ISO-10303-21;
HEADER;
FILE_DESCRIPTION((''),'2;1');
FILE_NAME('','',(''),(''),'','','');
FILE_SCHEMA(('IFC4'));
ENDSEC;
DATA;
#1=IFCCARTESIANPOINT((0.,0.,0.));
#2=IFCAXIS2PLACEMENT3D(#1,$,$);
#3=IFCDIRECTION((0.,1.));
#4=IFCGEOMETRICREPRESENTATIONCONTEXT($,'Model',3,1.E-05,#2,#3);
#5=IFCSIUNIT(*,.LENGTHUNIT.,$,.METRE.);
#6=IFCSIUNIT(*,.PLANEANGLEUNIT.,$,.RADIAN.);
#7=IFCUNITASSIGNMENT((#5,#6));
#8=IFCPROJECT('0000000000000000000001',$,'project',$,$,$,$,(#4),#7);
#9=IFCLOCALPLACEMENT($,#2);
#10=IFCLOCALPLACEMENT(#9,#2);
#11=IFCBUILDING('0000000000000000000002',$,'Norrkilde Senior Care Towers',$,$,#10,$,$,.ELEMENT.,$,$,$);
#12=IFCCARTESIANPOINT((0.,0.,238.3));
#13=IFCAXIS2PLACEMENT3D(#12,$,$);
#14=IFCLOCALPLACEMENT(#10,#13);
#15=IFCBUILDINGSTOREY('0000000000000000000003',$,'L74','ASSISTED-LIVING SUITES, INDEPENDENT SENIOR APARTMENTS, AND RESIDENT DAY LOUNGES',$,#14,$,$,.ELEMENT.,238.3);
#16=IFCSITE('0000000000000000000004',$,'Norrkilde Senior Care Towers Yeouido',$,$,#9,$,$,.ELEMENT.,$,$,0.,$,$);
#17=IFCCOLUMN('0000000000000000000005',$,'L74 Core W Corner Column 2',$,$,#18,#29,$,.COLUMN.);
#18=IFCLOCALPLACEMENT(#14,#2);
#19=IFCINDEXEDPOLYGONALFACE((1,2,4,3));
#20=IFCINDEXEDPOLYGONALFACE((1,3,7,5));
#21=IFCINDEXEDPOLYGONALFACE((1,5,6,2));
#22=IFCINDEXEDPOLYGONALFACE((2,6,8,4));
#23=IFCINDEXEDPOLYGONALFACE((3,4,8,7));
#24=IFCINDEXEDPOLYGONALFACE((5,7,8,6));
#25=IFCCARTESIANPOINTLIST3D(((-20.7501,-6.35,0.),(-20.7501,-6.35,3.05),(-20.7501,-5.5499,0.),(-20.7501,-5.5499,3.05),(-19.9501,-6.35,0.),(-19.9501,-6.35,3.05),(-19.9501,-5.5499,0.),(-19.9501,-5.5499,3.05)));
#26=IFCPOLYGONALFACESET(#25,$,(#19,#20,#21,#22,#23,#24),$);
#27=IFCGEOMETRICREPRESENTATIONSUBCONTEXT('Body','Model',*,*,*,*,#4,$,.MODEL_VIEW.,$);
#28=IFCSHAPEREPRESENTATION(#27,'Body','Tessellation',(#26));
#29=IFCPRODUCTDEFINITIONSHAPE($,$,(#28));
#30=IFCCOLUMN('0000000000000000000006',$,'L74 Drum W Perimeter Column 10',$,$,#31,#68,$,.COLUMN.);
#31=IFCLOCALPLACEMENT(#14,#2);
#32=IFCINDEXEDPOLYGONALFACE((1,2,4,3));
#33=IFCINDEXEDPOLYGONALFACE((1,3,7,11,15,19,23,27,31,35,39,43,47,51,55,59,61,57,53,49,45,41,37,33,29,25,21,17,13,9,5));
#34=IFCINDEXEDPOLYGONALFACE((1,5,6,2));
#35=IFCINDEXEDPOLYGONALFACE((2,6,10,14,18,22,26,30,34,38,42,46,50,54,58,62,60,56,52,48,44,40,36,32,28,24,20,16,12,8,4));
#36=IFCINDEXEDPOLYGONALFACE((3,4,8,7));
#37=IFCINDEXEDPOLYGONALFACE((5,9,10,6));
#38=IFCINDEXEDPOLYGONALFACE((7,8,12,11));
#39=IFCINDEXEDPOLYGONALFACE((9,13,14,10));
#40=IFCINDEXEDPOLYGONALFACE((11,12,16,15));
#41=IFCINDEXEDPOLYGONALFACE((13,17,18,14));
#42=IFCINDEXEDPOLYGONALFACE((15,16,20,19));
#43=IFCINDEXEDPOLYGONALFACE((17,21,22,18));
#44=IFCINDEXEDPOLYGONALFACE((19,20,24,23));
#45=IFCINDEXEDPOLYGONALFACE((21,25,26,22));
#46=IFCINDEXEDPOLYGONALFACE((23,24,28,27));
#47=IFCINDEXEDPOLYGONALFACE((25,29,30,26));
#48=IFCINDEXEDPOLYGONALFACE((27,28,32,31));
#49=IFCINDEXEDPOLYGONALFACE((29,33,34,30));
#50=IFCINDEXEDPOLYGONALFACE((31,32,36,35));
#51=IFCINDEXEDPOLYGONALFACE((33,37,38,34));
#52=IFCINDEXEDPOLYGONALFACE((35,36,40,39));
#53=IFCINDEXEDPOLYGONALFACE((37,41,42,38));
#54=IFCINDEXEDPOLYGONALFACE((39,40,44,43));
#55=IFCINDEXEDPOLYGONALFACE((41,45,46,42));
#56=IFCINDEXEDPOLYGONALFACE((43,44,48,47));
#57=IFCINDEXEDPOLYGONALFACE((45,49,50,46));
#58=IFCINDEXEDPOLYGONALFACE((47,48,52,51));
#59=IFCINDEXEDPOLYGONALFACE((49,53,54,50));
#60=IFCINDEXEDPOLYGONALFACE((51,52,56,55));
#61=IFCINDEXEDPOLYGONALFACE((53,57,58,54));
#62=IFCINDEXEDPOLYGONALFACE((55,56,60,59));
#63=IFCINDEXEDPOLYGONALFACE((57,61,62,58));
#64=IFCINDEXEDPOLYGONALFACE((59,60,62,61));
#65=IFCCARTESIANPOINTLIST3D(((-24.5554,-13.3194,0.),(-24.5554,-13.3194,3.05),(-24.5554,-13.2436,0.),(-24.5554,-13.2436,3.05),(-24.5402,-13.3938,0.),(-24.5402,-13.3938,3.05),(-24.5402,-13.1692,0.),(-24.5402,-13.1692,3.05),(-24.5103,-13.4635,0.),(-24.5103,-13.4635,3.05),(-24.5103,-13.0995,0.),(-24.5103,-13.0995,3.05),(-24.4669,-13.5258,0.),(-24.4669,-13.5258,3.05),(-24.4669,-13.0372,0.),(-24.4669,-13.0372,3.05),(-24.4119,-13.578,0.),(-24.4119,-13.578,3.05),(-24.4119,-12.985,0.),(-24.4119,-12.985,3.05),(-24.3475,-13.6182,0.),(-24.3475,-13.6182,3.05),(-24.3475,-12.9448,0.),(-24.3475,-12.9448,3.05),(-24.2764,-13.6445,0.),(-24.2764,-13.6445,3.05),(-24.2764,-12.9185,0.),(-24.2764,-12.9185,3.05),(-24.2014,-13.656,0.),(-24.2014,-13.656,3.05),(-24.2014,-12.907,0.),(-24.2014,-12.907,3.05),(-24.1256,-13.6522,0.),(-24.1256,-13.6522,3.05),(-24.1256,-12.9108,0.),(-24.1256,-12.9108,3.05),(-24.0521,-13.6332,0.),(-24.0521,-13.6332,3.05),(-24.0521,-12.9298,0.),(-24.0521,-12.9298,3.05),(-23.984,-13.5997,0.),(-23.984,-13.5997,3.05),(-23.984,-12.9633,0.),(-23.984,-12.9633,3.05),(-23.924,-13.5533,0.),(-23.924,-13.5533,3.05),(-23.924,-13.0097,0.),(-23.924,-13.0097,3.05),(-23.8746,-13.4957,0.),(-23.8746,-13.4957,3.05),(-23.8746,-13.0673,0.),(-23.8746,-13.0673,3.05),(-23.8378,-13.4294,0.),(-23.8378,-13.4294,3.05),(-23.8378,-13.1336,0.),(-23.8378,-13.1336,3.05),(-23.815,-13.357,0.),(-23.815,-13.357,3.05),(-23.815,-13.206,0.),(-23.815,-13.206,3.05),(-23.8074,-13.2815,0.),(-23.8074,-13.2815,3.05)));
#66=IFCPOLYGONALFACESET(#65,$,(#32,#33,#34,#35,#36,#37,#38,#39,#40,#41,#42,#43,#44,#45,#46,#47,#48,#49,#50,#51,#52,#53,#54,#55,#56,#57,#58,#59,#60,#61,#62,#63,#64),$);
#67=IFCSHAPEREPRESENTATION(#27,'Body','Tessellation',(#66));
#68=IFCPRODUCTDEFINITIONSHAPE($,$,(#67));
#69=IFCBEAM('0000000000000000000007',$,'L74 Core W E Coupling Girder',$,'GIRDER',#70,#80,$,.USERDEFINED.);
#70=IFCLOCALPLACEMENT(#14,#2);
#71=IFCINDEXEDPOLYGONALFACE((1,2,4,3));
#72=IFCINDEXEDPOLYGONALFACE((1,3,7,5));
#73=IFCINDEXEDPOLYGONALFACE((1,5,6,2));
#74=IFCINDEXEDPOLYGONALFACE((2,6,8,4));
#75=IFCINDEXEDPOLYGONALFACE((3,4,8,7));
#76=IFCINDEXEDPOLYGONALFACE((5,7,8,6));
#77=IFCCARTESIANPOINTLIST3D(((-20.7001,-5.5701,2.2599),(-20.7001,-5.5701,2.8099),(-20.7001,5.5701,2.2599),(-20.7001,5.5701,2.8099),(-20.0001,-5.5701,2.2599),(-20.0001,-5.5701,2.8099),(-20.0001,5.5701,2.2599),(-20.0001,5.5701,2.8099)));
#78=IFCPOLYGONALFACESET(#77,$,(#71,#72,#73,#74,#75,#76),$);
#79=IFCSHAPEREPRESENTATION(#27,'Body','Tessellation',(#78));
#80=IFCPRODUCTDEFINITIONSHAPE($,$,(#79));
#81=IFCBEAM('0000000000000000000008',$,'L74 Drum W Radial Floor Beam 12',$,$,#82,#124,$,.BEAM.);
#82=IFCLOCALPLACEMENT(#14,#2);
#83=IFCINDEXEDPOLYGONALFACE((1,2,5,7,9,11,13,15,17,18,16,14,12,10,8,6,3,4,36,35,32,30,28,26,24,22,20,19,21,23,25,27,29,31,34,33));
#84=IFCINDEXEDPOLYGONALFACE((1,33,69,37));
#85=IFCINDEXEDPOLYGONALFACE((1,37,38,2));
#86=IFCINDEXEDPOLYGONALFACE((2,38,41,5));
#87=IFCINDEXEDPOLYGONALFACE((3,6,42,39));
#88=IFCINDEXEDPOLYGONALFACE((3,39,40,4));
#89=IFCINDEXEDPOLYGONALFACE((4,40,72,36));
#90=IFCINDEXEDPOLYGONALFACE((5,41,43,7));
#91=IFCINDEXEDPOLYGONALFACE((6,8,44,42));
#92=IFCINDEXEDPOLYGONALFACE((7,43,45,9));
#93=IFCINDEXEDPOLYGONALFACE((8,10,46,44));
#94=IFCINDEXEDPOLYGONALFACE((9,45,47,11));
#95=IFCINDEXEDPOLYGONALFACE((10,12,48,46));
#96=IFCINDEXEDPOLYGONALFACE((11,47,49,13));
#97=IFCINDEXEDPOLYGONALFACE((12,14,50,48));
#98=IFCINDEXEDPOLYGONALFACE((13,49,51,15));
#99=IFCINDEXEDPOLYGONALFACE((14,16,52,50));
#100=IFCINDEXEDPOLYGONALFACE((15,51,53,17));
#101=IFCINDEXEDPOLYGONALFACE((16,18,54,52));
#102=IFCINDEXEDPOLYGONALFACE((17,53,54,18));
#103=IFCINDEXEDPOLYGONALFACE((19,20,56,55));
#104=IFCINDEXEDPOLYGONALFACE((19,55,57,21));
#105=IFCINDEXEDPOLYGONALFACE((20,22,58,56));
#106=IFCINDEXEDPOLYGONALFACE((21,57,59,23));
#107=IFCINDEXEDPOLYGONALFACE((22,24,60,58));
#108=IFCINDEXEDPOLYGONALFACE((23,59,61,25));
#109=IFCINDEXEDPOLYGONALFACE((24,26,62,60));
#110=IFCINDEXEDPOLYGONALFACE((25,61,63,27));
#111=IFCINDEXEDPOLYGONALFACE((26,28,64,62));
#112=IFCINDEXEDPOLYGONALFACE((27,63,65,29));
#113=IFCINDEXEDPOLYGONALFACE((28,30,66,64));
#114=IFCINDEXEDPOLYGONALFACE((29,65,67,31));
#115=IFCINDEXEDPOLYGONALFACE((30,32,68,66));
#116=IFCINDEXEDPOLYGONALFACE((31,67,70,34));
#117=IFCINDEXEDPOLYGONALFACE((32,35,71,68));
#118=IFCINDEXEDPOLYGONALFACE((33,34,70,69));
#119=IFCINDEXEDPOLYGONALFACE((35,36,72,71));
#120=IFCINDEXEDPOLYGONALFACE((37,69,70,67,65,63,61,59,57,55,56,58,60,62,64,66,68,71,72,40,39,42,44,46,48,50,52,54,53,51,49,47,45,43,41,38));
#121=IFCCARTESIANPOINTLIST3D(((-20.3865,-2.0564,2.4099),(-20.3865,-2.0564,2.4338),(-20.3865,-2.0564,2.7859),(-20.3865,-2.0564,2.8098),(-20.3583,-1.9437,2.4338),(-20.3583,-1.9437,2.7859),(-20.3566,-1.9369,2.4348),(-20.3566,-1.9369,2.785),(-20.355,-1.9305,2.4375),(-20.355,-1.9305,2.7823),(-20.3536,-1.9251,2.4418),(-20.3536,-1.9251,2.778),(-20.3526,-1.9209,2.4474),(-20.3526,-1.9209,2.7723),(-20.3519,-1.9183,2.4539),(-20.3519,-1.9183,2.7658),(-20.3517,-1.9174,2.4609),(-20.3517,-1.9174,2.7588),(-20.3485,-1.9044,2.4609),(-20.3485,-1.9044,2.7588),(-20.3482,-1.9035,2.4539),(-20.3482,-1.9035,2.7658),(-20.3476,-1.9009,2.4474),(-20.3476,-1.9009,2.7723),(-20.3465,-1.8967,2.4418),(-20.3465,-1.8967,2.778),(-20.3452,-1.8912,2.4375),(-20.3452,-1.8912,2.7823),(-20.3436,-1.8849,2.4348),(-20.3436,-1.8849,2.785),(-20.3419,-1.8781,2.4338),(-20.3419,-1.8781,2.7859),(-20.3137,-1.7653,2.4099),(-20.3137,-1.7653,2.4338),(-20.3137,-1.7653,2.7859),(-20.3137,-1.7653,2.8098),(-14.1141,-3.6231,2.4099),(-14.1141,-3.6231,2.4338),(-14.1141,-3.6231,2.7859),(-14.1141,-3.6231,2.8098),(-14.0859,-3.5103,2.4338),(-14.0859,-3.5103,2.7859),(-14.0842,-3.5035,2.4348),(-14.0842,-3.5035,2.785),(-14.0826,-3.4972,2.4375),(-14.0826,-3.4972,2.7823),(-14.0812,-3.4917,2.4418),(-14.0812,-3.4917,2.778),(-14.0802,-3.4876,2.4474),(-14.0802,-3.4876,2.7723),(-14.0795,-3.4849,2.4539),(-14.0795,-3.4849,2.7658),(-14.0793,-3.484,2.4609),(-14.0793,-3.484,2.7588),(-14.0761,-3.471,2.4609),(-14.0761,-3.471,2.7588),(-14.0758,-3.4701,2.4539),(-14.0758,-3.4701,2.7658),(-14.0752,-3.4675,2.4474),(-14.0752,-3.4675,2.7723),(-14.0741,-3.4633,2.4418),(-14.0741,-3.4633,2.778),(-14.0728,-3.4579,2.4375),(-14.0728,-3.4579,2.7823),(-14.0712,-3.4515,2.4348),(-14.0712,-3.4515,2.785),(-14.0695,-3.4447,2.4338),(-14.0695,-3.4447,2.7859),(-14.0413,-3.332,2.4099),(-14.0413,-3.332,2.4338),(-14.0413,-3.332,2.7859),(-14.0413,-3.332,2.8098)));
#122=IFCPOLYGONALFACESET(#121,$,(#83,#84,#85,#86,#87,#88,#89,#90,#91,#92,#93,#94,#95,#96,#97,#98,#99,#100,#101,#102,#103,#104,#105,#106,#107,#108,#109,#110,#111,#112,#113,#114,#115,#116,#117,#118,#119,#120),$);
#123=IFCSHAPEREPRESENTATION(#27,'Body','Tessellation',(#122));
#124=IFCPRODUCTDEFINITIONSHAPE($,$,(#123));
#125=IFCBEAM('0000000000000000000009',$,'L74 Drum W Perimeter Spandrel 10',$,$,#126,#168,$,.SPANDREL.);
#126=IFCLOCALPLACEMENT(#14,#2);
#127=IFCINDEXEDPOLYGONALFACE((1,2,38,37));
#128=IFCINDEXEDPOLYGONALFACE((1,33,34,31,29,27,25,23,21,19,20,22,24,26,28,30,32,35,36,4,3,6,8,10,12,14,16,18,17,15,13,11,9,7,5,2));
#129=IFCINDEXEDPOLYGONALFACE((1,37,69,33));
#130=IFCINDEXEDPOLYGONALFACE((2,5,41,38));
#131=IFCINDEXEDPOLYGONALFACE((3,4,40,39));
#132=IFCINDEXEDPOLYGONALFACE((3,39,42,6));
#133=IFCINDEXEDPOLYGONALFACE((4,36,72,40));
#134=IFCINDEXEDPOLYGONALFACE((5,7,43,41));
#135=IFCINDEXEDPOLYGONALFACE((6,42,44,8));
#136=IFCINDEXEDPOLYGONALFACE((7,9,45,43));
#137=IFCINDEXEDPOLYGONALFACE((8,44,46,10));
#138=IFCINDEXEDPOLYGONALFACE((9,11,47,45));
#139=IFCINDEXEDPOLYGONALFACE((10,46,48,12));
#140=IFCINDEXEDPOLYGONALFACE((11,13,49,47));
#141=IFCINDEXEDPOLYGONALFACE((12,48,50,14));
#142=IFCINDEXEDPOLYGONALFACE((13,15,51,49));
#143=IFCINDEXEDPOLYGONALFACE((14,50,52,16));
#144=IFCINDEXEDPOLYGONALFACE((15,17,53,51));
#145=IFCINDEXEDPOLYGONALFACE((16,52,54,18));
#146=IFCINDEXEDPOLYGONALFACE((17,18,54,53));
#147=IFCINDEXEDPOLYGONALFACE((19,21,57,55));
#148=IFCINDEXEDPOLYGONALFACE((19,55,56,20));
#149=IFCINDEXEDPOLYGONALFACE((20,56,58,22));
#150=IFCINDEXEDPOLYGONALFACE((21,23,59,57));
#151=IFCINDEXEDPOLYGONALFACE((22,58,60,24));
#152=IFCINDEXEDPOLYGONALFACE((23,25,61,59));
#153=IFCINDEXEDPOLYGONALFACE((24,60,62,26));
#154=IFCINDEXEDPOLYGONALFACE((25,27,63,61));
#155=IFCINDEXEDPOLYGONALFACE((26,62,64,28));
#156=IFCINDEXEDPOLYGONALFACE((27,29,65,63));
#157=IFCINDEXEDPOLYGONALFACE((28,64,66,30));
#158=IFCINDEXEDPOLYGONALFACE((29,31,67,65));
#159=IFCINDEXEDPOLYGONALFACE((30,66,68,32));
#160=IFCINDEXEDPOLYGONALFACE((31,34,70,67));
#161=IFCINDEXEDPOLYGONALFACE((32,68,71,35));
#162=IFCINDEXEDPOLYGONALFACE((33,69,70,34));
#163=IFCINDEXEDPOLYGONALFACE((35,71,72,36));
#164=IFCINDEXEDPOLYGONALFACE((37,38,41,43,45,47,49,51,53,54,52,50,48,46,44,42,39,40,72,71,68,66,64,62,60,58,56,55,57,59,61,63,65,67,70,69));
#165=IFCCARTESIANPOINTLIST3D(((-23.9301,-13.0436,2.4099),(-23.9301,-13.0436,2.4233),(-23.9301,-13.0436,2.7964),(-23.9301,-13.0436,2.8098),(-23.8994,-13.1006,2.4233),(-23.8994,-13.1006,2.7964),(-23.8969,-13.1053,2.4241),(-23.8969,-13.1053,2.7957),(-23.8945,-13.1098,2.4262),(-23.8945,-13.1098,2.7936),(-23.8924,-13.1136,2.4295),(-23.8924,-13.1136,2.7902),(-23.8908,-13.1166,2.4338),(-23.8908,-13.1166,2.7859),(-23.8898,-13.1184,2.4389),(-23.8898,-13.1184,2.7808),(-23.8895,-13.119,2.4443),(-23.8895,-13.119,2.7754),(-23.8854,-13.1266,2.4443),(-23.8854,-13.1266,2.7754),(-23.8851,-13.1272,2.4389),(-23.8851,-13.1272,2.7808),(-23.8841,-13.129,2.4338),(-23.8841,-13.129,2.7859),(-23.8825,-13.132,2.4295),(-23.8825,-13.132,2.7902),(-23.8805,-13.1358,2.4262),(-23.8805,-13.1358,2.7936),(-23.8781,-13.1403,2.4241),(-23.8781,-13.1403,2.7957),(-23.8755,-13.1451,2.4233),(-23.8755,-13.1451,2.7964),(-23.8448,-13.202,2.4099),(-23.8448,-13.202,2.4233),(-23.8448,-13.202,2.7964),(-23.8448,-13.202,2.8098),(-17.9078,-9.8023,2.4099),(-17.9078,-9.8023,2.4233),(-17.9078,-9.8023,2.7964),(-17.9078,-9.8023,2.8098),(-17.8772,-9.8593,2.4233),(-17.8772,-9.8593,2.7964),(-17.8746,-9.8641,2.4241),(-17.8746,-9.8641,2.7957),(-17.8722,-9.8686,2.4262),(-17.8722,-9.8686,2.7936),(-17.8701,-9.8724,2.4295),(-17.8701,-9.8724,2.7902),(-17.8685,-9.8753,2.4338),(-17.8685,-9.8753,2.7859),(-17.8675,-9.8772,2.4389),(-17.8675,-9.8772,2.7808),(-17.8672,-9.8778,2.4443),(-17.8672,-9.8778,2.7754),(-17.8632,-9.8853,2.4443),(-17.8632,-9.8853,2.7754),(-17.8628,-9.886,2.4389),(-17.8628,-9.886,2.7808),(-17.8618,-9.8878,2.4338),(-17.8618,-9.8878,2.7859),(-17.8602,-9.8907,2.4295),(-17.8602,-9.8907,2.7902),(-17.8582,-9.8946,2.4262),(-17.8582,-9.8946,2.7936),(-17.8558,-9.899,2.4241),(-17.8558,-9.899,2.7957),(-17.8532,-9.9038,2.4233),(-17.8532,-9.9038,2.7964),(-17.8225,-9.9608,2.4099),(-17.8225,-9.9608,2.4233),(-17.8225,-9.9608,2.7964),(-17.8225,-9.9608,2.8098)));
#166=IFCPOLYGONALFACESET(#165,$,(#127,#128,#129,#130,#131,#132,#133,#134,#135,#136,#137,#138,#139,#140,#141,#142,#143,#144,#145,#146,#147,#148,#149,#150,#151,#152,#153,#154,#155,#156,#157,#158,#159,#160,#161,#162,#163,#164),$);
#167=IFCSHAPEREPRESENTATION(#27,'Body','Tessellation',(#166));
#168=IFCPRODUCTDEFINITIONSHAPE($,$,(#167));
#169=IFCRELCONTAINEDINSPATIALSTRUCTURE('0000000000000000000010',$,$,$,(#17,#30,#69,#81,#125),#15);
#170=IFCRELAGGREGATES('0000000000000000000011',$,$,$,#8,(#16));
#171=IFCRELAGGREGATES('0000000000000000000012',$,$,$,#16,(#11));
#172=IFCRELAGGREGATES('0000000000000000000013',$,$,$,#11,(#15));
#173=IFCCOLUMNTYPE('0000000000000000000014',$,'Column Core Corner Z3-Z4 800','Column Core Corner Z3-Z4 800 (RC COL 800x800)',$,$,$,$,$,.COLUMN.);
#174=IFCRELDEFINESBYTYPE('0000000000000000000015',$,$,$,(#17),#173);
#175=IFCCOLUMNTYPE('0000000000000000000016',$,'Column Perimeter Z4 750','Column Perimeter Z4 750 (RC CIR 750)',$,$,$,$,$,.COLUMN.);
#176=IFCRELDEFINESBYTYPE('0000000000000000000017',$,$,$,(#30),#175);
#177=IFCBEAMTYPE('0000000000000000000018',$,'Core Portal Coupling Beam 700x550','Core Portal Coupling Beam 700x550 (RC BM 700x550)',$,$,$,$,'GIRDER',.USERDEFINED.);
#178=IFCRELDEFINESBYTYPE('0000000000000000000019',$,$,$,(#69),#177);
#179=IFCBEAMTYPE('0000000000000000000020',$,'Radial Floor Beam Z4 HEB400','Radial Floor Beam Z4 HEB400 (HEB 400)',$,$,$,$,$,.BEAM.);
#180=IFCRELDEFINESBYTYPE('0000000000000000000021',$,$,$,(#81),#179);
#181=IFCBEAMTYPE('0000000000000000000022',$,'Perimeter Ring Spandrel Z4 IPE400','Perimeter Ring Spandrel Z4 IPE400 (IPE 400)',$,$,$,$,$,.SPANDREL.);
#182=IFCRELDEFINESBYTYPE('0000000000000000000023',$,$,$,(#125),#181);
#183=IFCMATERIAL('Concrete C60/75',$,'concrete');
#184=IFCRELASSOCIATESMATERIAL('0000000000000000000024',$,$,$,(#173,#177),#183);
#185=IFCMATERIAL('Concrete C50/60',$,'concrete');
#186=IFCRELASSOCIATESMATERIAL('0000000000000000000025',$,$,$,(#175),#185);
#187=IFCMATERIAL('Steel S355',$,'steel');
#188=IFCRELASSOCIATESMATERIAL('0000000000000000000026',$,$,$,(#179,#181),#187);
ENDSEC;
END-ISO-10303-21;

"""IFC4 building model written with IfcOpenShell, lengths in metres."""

from ifc_helpers import new_model, si_unit, direction, frame, origin, origin_2d, place, context, subcontext, project, spatial, rectangle, circle, i_section, extrude, source, transform, mapped, material, material_profile, profile_set, type_object, type_shapes, element, save


model = new_model("IFC4")

# Units and contexts
model_context = context("Model", 3, precision=1e-05, world=origin(), true_north=direction((0.0, 1.0)))
body_context = subcontext(model_context, "Body", "Model", "MODEL_VIEW")
ifc_project = project(units=[si_unit("LENGTHUNIT", "METRE"), si_unit("PLANEANGLEUNIT", "RADIAN")], contexts=[model_context])

# Site, building, storey
site_placement = place(None, origin())
site = spatial("IfcSite", under=ifc_project, at=site_placement, Name="Norrkilde Senior Care Towers Yeouido", CompositionType="ELEMENT", RefElevation=0.0)
building_placement = place(site_placement, origin())
building = spatial("IfcBuilding", under=site, at=building_placement, Name="Norrkilde Senior Care Towers", CompositionType="ELEMENT")
storey_placement = place(building_placement, frame((0.0, 0.0, 238.3)))
storey = spatial("IfcBuildingStorey", under=building, at=storey_placement, Name="L74", Description="ASSISTED-LIVING SUITES, INDEPENDENT SENIOR APARTMENTS, AND RESIDENT DAY LOUNGES", CompositionType="ELEMENT", Elevation=238.3)

# Columns
ifc_material_1 = material(Name="Concrete C60/75", Category="concrete")
ifc_material_profile_1 = material_profile(ifc_material_1, rectangle(XDim=0.8, YDim=0.8, at=origin_2d()), Name="RC COL 800x800")
ifc_profile_set_1 = profile_set([ifc_material_profile_1], Name="Concrete C60/75")
column_type_1 = type_object("IfcColumnType", Name="Column Core Corner Z3-Z4 800", Description="Column Core Corner Z3-Z4 800 (RC COL 800x800)", PredefinedType="COLUMN", material=ifc_profile_set_1)
shared_shape_1 = source(origin(), body_context, "Body", "SweptSolid", [
    extrude(rectangle(XDim=0.8, YDim=0.8, at=origin_2d()), origin(), (0.0, 0.0, 1.0), 3.05),
])
type_shapes(column_type_1, [shared_shape_1])
column_1_placement = place(storey_placement, frame((-20.3501, -5.95, 0.0), z_axis=(0.0, 0.0, 1.0), x_axis=(1.0, 0.0, 0.0)))
element("IfcColumn", 1, at=column_1_placement, inside=storey, type_object=column_type_1, Name="L74 Core W Corner Column 2", PredefinedType="COLUMN", context=body_context, shape_type="MappedRepresentation", body=[
    mapped(shared_shape_1, transform((0.0, 0.0, 0.0), x_axis=(1.0, 0.0, 0.0), y_axis=(0.0, 1.0, 0.0), z_axis=(0.0, 0.0, 1.0), scale=1.0)),
])
ifc_material_2 = material(Name="Concrete C50/60", Category="concrete")
ifc_material_profile_2 = material_profile(ifc_material_2, circle(Radius=0.375, at=origin_2d()), Name="RC CIR 750")
ifc_profile_set_2 = profile_set([ifc_material_profile_2], Name="Concrete C50/60")
column_type_2 = type_object("IfcColumnType", Name="Column Perimeter Z4 750", Description="Column Perimeter Z4 750 (RC CIR 750)", PredefinedType="COLUMN", material=ifc_profile_set_2)
shared_shape_2 = source(origin(), body_context, "Body", "SweptSolid", [
    extrude(circle(Radius=0.375, at=origin_2d()), origin(), (0.0, 0.0, 1.0), 3.05),
])
type_shapes(column_type_2, [shared_shape_2])
column_2_placement = place(storey_placement, frame((-24.1824, -13.2815, 0.0), z_axis=(0.0, 0.0, 1.0), x_axis=(1.0, 0.0, 0.0)))
element("IfcColumn", 2, at=column_2_placement, inside=storey, type_object=column_type_2, Name="L74 Drum W Perimeter Column 10", PredefinedType="COLUMN", context=body_context, shape_type="MappedRepresentation", body=[
    mapped(shared_shape_2, transform((0.0, 0.0, 0.0), x_axis=(1.0, 0.0, 0.0), y_axis=(0.0, 1.0, 0.0), z_axis=(0.0, 0.0, 1.0), scale=1.0)),
])

# Beams
ifc_material_profile_3 = material_profile(ifc_material_1, rectangle(XDim=0.7, YDim=0.55, at=origin_2d()), Name="RC BM 700x550")
ifc_profile_set_3 = profile_set([ifc_material_profile_3], Name="Concrete C60/75")
beam_type_1 = type_object("IfcBeamType", Name="Core Portal Coupling Beam 700x550", Description="Core Portal Coupling Beam 700x550 (RC BM 700x550)", ElementType="GIRDER", PredefinedType="USERDEFINED", material=ifc_profile_set_3)
shared_shape_3 = source(origin(), body_context, "Body", "SweptSolid", [
    extrude(rectangle(XDim=0.7, YDim=0.55, at=origin_2d()), origin(), (0.0, 0.0, 1.0), 11.1401),
])
type_shapes(beam_type_1, [shared_shape_3])
beam_1_placement = place(storey_placement, frame((-20.3501, -5.5701, 2.5349), z_axis=(0.0, 1.0, 0.0), x_axis=(-1.0, 0.0, 0.0)))
element("IfcBeam", 3, at=beam_1_placement, inside=storey, type_object=beam_type_1, Name="L74 Core W E Coupling Girder", ObjectType="GIRDER", PredefinedType="USERDEFINED", context=body_context, shape_type="MappedRepresentation", body=[
    mapped(shared_shape_3, transform((0.0, 0.0, 0.0), x_axis=(1.0, 0.0, 0.0), y_axis=(0.0, 1.0, 0.0), z_axis=(0.0, 0.0, 1.0), scale=1.0)),
])
ifc_material_3 = material(Name="Steel S355", Category="steel")
ifc_material_profile_4 = material_profile(ifc_material_3, i_section(OverallWidth=0.3, OverallDepth=0.3999, WebThickness=0.0134, FlangeThickness=0.0239, FilletRadius=0.0271, at=origin_2d()), Name="HEB 400")
ifc_profile_set_4 = profile_set([ifc_material_profile_4], Name="Steel S355")
beam_type_2 = type_object("IfcBeamType", Name="Radial Floor Beam Z4 HEB400", Description="Radial Floor Beam Z4 HEB400 (HEB 400)", PredefinedType="BEAM", material=ifc_profile_set_4)
shared_shape_4 = source(origin(), body_context, "Body", "SweptSolid", [
    extrude(i_section(OverallWidth=0.3, OverallDepth=0.3999, WebThickness=0.0134, FlangeThickness=0.0239, FilletRadius=0.0271, at=origin_2d()), origin(), (0.0, 0.0, 1.0), 6.4651),
])
beam_2_placement = place(storey_placement, frame((-20.3501, -1.9109, 2.6099), z_axis=(0.970196, -0.242322, 0.0), x_axis=(0.242322, 0.970196, 0.0)))
element("IfcBeam", 4, at=beam_2_placement, inside=storey, type_object=beam_type_2, Name="L74 Drum W Radial Floor Beam 12", PredefinedType="BEAM", context=body_context, shape_type="MappedRepresentation", body=[
    mapped(shared_shape_4, transform((0.0, 0.0, 0.0), x_axis=(1.0, 0.0, 0.0), y_axis=(0.0, 1.0, 0.0), z_axis=(0.0, 0.0, 1.0), scale=1.0)),
])
ifc_material_profile_5 = material_profile(ifc_material_3, i_section(OverallWidth=0.1799, OverallDepth=0.3999, WebThickness=0.0085, FlangeThickness=0.0134, FilletRadius=0.021, at=origin_2d()), Name="IPE 400")
ifc_profile_set_5 = profile_set([ifc_material_profile_5], Name="Steel S355")
beam_type_3 = type_object("IfcBeamType", Name="Perimeter Ring Spandrel Z4 IPE400", Description="Perimeter Ring Spandrel Z4 IPE400 (IPE 400)", PredefinedType="SPANDREL", material=ifc_profile_set_5)
shared_shape_5 = source(origin(), body_context, "Body", "SweptSolid", [
    extrude(i_section(OverallWidth=0.1799, OverallDepth=0.3999, WebThickness=0.0085, FlangeThickness=0.0134, FilletRadius=0.021, at=origin_2d()), origin(), (0.0, 0.0, 1.0), 6.8391),
])
type_shapes(beam_type_3, [shared_shape_5])
beam_3_placement = place(storey_placement, frame((-23.8875, -13.1228, 2.6099), z_axis=(0.880564, 0.473927, 0.0), x_axis=(-0.473927, 0.880564, 0.0)))
element("IfcBeam", 5, at=beam_3_placement, inside=storey, type_object=beam_type_3, Name="L74 Drum W Perimeter Spandrel 10", PredefinedType="SPANDREL", context=body_context, shape_type="MappedRepresentation", body=[
    mapped(shared_shape_5, transform((0.0, 0.0, 0.0), x_axis=(1.0, 0.0, 0.0), y_axis=(0.0, 1.0, 0.0), z_axis=(0.0, 0.0, 1.0), scale=1.0)),
])

save(model, "model.ifc")
